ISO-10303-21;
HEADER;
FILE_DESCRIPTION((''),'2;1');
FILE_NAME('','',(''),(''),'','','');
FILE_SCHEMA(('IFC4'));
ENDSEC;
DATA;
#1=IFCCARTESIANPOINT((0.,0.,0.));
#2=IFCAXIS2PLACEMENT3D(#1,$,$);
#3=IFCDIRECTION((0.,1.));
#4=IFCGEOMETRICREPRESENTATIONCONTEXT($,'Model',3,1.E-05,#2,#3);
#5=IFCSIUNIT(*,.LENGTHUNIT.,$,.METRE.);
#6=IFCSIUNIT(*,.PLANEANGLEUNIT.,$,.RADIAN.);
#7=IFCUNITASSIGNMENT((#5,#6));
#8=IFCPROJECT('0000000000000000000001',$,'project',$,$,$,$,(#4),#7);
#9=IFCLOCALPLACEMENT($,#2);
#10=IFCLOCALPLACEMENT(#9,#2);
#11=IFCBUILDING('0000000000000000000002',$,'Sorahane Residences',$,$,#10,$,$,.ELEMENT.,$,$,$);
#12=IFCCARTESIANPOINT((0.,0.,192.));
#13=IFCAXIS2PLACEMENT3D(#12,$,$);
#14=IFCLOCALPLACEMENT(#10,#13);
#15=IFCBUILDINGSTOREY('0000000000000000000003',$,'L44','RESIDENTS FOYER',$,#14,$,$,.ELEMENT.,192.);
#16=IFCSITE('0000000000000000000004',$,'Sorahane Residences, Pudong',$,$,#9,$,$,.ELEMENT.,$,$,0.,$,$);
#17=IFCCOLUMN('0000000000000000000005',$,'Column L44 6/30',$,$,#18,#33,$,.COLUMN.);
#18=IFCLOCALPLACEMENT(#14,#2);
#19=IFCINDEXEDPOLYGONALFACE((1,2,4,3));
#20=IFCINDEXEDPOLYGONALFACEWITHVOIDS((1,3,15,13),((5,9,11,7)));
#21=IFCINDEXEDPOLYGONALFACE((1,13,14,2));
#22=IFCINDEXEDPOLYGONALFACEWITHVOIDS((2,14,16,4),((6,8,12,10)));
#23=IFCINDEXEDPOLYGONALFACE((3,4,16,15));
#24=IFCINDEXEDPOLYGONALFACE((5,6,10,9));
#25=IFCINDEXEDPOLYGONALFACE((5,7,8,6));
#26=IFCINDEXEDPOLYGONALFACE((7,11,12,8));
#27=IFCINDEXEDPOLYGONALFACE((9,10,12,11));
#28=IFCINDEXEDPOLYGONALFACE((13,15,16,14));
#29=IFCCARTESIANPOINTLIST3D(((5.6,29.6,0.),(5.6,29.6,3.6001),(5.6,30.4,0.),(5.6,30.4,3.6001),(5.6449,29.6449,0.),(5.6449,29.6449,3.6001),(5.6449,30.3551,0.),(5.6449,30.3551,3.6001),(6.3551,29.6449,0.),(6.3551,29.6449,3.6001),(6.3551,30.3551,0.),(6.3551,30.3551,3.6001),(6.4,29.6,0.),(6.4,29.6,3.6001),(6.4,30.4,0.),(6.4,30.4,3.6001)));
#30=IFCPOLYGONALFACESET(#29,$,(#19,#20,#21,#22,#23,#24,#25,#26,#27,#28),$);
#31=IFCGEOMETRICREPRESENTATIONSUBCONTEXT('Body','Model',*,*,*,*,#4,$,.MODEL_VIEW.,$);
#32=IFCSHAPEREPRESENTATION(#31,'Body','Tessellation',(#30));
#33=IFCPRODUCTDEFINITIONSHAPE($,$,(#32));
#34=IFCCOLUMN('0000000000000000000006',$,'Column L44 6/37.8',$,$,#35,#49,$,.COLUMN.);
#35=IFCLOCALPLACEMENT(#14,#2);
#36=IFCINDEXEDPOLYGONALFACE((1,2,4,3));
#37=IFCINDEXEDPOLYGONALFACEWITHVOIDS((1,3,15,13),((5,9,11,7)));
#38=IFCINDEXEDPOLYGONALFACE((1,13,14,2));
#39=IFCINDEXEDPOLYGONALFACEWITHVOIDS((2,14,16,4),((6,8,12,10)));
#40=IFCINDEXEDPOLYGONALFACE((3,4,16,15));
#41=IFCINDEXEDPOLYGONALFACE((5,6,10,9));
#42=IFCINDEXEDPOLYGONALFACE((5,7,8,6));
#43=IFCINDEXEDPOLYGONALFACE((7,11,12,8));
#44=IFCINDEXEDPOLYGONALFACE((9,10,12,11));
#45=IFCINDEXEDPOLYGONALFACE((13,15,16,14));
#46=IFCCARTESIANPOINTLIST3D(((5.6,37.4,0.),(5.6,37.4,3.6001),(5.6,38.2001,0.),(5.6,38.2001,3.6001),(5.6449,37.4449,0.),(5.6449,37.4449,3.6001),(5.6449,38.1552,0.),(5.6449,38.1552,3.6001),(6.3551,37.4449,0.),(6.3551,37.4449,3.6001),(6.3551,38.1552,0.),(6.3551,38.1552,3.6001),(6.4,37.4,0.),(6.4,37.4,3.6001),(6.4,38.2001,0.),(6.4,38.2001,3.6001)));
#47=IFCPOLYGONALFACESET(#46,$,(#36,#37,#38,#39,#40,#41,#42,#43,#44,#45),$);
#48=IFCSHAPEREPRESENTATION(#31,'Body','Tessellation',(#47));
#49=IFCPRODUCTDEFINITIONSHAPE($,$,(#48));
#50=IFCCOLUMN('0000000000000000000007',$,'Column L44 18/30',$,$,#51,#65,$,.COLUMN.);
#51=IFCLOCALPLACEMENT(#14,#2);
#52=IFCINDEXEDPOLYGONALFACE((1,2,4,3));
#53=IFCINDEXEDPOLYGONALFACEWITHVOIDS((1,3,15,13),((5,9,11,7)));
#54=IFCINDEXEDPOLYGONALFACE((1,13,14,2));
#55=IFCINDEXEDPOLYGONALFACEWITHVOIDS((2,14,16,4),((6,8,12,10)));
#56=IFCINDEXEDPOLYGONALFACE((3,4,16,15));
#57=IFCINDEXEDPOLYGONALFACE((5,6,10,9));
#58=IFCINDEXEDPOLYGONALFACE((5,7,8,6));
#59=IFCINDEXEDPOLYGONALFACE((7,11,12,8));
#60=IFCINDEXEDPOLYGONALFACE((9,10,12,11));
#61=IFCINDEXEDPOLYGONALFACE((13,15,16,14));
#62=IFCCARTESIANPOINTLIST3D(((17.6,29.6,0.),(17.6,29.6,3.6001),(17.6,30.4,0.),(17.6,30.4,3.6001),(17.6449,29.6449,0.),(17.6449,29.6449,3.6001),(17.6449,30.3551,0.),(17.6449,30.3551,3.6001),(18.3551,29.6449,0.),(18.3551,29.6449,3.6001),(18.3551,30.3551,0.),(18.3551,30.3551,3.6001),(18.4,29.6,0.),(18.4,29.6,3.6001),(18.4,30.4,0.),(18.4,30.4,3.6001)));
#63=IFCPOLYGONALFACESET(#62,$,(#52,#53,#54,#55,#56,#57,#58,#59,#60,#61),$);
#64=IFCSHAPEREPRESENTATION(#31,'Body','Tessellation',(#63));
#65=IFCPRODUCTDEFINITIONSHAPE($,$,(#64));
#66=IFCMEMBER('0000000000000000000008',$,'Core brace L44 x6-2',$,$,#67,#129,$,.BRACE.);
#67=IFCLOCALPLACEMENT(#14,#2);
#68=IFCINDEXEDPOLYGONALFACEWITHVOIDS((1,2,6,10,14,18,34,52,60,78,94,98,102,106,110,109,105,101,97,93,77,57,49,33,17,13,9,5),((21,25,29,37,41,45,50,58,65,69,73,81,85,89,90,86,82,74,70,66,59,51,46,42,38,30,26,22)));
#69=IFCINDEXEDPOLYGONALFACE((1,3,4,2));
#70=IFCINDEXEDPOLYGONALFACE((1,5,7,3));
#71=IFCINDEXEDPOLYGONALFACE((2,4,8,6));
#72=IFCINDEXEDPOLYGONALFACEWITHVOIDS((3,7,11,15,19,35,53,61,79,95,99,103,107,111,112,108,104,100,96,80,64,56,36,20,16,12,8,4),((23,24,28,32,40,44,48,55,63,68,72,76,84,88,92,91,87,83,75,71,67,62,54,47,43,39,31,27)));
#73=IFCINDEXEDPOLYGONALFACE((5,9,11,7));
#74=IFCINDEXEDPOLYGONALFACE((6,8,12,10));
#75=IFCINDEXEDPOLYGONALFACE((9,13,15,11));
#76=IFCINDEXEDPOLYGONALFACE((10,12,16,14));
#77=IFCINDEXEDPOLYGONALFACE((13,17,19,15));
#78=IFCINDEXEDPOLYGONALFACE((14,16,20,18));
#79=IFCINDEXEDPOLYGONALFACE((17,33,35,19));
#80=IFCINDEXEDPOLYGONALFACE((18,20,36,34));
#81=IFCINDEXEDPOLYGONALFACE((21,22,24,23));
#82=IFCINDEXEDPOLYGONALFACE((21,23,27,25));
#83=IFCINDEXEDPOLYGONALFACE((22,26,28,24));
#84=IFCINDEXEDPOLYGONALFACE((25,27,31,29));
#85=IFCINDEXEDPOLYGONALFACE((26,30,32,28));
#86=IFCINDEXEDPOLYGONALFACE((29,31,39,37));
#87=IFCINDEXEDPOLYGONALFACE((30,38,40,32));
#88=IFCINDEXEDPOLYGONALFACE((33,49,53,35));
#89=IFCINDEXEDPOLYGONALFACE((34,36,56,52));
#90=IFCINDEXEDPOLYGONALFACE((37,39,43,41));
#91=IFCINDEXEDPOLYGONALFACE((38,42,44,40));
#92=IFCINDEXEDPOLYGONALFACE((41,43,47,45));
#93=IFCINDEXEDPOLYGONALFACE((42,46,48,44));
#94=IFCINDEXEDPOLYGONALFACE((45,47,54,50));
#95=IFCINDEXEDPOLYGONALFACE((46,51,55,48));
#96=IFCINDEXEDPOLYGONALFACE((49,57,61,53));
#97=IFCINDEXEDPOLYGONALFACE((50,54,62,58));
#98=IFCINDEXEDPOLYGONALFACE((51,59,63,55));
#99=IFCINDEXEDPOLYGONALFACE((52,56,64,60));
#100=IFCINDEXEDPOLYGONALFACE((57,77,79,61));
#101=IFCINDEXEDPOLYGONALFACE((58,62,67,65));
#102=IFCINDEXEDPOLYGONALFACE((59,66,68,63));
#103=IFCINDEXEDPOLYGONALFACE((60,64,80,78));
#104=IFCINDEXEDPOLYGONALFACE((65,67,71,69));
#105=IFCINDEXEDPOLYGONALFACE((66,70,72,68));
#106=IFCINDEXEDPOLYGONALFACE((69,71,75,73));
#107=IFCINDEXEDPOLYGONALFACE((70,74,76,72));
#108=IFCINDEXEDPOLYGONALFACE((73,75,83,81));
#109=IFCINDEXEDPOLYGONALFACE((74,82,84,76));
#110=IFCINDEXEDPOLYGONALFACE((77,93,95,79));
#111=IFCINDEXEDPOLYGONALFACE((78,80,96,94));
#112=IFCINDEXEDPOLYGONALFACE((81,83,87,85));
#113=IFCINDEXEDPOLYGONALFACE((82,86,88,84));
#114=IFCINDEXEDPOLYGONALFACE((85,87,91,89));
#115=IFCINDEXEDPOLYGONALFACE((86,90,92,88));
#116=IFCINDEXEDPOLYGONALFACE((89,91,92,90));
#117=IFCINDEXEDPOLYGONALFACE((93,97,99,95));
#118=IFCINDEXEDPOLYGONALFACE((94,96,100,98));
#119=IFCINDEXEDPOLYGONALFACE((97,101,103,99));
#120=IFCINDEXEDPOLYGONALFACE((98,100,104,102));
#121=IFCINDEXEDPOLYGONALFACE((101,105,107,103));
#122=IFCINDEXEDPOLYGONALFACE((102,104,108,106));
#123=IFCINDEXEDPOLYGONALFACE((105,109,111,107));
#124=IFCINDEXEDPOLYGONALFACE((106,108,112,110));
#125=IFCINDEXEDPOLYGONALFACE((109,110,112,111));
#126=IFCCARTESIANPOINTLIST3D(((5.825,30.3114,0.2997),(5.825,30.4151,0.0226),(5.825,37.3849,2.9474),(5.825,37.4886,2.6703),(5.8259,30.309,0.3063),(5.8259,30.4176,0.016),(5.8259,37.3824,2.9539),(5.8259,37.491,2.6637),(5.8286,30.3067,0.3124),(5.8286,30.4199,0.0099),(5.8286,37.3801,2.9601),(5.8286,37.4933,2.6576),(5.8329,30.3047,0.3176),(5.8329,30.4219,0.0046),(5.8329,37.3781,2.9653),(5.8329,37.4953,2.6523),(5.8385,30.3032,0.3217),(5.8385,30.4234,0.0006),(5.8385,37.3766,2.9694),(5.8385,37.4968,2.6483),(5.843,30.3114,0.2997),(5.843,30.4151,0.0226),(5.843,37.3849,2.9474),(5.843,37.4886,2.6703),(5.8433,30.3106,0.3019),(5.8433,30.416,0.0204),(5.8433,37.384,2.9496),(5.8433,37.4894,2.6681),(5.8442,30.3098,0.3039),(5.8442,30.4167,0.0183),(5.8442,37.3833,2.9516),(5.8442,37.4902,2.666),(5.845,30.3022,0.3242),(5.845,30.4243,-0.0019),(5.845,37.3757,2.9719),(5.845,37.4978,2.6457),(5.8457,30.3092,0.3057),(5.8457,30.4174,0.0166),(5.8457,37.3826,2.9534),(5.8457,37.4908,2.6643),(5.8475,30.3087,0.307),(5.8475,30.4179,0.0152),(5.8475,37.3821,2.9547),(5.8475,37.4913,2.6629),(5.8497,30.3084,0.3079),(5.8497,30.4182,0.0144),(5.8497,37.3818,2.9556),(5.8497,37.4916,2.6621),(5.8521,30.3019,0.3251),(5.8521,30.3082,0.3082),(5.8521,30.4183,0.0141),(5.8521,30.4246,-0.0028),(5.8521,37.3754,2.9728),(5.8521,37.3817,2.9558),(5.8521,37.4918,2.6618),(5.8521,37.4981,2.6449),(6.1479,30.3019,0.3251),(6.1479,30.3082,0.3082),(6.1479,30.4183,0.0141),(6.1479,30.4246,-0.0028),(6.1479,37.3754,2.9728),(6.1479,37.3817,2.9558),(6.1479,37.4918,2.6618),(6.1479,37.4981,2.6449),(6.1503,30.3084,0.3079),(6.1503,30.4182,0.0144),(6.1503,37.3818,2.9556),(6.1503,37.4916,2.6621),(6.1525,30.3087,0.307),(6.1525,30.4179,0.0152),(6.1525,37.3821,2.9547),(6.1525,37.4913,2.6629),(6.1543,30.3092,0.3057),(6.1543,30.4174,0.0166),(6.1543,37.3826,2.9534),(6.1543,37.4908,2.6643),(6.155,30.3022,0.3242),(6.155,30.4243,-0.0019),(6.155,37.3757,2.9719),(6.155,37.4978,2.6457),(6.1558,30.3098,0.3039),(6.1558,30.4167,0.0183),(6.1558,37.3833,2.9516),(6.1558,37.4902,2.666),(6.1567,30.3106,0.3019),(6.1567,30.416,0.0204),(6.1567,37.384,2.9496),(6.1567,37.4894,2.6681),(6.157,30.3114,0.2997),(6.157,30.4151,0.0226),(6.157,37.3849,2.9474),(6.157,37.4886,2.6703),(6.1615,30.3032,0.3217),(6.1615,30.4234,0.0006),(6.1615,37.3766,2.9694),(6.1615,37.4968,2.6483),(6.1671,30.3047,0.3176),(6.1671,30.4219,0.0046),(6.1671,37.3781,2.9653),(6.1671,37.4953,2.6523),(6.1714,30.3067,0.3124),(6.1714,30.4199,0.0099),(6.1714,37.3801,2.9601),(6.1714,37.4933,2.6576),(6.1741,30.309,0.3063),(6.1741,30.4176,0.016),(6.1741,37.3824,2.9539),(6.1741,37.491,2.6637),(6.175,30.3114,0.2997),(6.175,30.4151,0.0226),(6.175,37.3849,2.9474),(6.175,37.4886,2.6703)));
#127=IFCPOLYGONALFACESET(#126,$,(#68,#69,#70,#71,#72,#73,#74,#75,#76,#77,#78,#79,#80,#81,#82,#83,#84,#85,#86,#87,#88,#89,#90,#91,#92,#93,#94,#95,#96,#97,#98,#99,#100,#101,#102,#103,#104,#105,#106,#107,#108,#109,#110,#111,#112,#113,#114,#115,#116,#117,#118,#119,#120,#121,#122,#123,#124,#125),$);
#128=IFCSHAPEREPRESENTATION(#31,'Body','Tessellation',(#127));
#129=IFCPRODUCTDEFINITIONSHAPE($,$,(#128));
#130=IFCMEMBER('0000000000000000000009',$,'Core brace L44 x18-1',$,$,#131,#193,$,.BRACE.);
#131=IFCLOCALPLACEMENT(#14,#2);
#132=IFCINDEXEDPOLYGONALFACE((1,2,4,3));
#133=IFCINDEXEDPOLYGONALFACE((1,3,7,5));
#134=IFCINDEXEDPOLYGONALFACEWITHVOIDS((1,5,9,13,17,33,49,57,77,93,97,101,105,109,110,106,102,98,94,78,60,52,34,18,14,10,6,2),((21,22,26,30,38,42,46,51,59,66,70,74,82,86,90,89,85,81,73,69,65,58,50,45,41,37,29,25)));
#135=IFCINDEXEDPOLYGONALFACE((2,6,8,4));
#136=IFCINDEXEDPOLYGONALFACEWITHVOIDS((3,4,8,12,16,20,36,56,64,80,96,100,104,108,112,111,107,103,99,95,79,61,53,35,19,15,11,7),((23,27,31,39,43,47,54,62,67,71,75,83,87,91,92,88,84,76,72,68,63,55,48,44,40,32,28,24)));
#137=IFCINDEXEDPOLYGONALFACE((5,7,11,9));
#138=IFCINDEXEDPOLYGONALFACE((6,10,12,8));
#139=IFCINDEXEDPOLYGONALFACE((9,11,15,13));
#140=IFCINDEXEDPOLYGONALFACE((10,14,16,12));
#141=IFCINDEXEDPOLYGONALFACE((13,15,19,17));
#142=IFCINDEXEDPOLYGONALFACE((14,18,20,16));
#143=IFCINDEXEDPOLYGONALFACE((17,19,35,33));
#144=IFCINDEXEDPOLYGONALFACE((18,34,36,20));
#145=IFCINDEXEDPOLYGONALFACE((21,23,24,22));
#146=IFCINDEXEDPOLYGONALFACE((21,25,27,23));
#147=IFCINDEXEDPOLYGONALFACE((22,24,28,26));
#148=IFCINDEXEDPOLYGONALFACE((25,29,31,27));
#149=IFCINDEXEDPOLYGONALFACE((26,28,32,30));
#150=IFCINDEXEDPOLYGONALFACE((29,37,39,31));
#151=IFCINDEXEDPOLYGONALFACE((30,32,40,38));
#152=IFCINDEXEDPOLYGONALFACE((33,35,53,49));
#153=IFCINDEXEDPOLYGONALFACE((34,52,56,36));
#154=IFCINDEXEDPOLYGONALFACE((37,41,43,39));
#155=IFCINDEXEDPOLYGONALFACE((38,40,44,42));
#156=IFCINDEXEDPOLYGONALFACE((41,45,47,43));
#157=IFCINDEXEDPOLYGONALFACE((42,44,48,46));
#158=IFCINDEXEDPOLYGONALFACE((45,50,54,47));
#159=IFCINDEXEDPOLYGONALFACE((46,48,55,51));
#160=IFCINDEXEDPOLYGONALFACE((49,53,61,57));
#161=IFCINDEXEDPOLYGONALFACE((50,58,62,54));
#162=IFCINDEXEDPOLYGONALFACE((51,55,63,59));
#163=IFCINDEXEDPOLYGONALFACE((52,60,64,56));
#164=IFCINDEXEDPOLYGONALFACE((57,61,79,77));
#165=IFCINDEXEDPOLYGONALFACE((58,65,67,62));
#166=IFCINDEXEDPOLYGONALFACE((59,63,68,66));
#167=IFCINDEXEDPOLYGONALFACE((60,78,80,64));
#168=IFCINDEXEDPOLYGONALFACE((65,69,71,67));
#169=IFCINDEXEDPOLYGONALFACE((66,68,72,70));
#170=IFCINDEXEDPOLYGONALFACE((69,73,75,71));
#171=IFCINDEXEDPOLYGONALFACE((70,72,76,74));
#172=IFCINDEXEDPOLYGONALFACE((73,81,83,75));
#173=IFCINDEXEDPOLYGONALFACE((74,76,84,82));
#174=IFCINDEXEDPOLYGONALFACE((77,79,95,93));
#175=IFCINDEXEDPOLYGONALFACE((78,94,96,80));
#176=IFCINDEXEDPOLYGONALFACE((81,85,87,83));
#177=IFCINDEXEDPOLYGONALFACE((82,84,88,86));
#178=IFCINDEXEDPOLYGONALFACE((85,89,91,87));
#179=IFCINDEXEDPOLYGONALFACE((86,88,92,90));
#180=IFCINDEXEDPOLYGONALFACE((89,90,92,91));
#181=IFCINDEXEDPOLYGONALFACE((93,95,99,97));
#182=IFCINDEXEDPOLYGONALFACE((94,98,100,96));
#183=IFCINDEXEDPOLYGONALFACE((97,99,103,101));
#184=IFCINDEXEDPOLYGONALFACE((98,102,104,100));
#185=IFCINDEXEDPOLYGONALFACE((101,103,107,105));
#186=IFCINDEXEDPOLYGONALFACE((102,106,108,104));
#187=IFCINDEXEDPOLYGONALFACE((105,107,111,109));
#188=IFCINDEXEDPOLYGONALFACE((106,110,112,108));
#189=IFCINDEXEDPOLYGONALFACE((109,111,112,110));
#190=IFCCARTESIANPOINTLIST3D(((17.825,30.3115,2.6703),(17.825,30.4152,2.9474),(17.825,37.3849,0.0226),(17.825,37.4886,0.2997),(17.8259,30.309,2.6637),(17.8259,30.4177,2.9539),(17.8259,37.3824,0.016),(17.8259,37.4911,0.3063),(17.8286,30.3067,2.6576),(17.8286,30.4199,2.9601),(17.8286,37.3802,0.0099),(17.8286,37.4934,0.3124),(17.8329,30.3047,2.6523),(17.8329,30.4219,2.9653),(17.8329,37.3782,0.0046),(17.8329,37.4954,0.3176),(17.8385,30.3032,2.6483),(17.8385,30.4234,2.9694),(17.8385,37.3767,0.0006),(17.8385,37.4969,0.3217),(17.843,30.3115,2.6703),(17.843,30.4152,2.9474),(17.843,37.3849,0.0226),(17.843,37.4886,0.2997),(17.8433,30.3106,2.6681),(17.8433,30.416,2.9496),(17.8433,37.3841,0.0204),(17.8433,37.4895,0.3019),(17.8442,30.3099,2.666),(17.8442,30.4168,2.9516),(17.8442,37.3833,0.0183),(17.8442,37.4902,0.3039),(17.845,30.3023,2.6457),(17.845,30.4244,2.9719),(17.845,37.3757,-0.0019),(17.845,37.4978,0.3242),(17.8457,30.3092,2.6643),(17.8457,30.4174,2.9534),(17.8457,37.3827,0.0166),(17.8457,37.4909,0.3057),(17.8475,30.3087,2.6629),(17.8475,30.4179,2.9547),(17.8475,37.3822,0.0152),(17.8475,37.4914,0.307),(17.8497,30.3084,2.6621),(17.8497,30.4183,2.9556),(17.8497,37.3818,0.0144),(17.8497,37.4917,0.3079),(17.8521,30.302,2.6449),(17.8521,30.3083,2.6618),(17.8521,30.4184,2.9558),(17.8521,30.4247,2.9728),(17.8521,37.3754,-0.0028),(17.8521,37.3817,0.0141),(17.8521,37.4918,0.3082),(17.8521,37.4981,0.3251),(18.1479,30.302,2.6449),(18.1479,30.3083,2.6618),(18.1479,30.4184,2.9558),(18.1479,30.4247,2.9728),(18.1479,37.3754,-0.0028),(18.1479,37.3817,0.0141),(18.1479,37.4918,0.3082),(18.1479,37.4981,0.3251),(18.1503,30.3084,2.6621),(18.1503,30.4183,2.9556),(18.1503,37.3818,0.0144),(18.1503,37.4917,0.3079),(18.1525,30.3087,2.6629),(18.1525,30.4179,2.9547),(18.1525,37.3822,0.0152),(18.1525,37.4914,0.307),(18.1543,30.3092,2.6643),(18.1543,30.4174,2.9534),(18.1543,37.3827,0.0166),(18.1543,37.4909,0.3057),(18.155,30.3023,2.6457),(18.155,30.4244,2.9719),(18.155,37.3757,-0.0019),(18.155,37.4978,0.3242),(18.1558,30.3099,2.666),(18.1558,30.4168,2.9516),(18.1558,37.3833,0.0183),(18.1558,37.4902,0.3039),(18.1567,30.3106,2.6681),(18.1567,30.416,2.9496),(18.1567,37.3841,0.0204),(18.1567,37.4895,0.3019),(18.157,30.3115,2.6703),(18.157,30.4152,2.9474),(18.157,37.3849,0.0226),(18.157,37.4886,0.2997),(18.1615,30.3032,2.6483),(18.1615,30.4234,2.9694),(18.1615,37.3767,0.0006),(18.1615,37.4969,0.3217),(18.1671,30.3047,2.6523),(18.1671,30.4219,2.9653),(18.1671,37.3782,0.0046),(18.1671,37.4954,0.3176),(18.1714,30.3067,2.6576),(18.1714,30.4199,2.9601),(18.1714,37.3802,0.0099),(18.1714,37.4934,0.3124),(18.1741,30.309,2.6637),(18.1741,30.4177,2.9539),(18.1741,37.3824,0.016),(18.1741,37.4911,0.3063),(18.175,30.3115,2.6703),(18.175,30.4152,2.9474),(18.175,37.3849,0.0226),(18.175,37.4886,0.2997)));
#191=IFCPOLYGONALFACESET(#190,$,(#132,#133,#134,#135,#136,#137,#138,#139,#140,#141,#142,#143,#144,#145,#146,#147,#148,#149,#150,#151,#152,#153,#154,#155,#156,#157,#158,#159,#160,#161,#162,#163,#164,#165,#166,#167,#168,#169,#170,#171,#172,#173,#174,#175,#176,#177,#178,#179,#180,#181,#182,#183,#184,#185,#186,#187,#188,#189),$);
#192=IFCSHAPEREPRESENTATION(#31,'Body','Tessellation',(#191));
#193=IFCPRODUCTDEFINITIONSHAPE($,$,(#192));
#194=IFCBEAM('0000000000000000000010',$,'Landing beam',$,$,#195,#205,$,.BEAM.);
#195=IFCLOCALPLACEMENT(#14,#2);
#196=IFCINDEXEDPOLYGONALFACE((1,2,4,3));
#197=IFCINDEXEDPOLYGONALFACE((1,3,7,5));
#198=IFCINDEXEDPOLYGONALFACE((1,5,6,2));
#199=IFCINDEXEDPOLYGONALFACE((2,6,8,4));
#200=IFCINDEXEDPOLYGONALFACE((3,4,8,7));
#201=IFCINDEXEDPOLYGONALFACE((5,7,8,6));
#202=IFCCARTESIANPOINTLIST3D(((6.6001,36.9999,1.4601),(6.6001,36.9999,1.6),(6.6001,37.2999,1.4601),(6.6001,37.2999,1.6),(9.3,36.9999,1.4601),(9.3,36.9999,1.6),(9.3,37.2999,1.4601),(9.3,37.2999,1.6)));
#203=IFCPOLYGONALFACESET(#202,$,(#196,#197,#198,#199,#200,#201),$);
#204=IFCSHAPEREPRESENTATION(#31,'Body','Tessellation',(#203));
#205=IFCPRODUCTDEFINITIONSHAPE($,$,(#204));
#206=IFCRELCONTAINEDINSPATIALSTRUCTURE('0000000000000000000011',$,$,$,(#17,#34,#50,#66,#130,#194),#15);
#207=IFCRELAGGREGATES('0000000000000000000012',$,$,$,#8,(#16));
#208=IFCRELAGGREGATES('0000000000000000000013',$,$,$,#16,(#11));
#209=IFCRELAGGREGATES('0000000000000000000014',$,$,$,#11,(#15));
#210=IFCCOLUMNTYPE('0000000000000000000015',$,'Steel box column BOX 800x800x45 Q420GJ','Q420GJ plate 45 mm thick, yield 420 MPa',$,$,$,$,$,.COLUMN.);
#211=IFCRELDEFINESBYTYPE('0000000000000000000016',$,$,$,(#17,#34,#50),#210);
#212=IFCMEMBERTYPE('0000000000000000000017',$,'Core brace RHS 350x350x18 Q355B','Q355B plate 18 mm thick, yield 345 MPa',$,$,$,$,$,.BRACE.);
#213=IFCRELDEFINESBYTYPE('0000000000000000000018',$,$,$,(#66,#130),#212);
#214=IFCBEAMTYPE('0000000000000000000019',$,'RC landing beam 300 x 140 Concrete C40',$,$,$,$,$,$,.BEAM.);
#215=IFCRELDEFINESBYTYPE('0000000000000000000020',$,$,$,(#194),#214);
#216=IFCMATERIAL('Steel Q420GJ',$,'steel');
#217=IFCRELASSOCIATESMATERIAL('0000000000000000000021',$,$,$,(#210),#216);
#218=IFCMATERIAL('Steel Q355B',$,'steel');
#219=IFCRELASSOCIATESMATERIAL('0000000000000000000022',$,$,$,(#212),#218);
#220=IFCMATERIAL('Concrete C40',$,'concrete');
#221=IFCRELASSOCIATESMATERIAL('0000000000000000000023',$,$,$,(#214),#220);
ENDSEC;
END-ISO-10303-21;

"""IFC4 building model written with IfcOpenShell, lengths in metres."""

from ifc_helpers import new_model, si_unit, direction, frame, origin, origin_2d, place, context, subcontext, project, spatial, rectangle, hollow_rectangle, extrude, material, material_profile, profile_set, type_object, element, save


model = new_model("IFC4")

# Units and contexts
model_context = context("Model", 3, precision=1e-05, world=origin(), true_north=direction((0.0, 1.0)))
body_context = subcontext(model_context, "Body", "Model", "MODEL_VIEW")
ifc_project = project(units=[si_unit("LENGTHUNIT", "METRE"), si_unit("PLANEANGLEUNIT", "RADIAN")], contexts=[model_context])

# Site, building, storey
site_placement = place(None, origin())
site = spatial("IfcSite", under=ifc_project, at=site_placement, Name="Sorahane Residences, Pudong", CompositionType="ELEMENT", RefElevation=0.0)
building_placement = place(site_placement, origin())
building = spatial("IfcBuilding", under=site, at=building_placement, Name="Sorahane Residences", CompositionType="ELEMENT")
storey_placement = place(building_placement, frame((0.0, 0.0, 192.0)))
storey = spatial("IfcBuildingStorey", under=building, at=storey_placement, Name="L44", Description="RESIDENTS FOYER", CompositionType="ELEMENT", Elevation=192.0)

# Columns
ifc_material_1 = material(Name="Steel Q420GJ", Category="steel")
ifc_material_profile_1 = material_profile(ifc_material_1, hollow_rectangle(XDim=0.8, YDim=0.8, WallThickness=0.0449, at=origin_2d()), Name="BOX 800x800x45")
ifc_profile_set_1 = profile_set([ifc_material_profile_1], Name="Steel Q420GJ")
column_type = type_object("IfcColumnType", Name="Steel box column BOX 800x800x45 Q420GJ", Description="Q420GJ plate 45 mm thick, yield 420 MPa", PredefinedType="COLUMN", material=ifc_profile_set_1)
for number, where, z_axis, x_axis, name in (
    (1, (6.0, 30.0, 0.0), (0.0, 0.0, 1.0), (1.0, 0.0, 0.0), "Column L44 6/30"),
    (2, (6.0, 37.8, 0.0), (0.0, 0.0, 1.0), (1.0, 0.0, 0.0), "Column L44 6/37.8"),
    (3, (18.0, 30.0, 0.0), (0.0, 0.0, 1.0), (1.0, 0.0, 0.0), "Column L44 18/30"),
):
    element("IfcColumn", number, at=place(storey_placement, frame(where, z_axis=z_axis, x_axis=x_axis)), inside=storey, type_object=column_type, Name=name, PredefinedType="COLUMN", context=body_context, shape_type="SweptSolid", body=[
        extrude(hollow_rectangle(XDim=0.8, YDim=0.8, WallThickness=0.0449, at=origin_2d()), origin(), (0.0, 0.0, 1.0), 3.6001),
    ])

# Members
ifc_material_2 = material(Name="Steel Q355B", Category="steel")
ifc_material_profile_2 = material_profile(ifc_material_2, hollow_rectangle(XDim=0.3501, YDim=0.3501, WallThickness=0.0181, InnerFilletRadius=0.009, OuterFilletRadius=0.0271, at=origin_2d()), Name="RHS 350x350x18")
ifc_profile_set_2 = profile_set([ifc_material_profile_2], Name="Steel Q355B")
member_type = type_object("IfcMemberType", Name="Core brace RHS 350x350x18 Q355B", Description="Q355B plate 18 mm thick, yield 345 MPa", PredefinedType="BRACE", material=ifc_profile_set_2)
for number, where, z_axis, x_axis, name in (
    (4, (6.0, 30.3633, 0.1611), (0.0, 0.93654, 0.35056), (-1.0, 0.0, 0.0), "Core brace L44 x6-2"),
    (5, (18.0, 37.4368, 0.1611), (0.0, -0.93654, 0.35056), (1.0, 0.0, 0.0), "Core brace L44 x18-1"),
):
    element("IfcMember", number, at=place(storey_placement, frame(where, z_axis=z_axis, x_axis=x_axis)), inside=storey, type_object=member_type, Name=name, PredefinedType="BRACE", context=body_context, shape_type="SweptSolid", body=[
        extrude(hollow_rectangle(XDim=0.3501, YDim=0.3501, WallThickness=0.0181, InnerFilletRadius=0.009, OuterFilletRadius=0.0271, at=origin_2d()), origin(), (0.0, 0.0, 1.0), 7.5527),
    ])

# Beam
ifc_material_3 = material(Name="Concrete C40", Category="concrete")
ifc_material_profile_3 = material_profile(ifc_material_3, rectangle(XDim=0.3, YDim=0.1399, at=origin_2d()), Name="300x140")
ifc_profile_set_3 = profile_set([ifc_material_profile_3], Name="Concrete C40")
beam_type_1 = type_object("IfcBeamType", Name="RC landing beam 300 x 140 Concrete C40", PredefinedType="BEAM", material=ifc_profile_set_3)
for number, where, z_axis, x_axis, name in (
    (6, (6.6001, 37.1499, 1.53), (1.0, 0.0, 0.0), (0.0, 1.0, 0.0), "Landing beam"),
):
    element("IfcBeam", number, at=place(storey_placement, frame(where, z_axis=z_axis, x_axis=x_axis)), inside=storey, type_object=beam_type_1, Name=name, PredefinedType="BEAM", context=body_context, shape_type="SweptSolid", body=[
        extrude(rectangle(XDim=0.3, YDim=0.1399, at=origin_2d()), origin(), (0.0, 0.0, 1.0), 2.7),
    ])

save(model, "model.ifc")
